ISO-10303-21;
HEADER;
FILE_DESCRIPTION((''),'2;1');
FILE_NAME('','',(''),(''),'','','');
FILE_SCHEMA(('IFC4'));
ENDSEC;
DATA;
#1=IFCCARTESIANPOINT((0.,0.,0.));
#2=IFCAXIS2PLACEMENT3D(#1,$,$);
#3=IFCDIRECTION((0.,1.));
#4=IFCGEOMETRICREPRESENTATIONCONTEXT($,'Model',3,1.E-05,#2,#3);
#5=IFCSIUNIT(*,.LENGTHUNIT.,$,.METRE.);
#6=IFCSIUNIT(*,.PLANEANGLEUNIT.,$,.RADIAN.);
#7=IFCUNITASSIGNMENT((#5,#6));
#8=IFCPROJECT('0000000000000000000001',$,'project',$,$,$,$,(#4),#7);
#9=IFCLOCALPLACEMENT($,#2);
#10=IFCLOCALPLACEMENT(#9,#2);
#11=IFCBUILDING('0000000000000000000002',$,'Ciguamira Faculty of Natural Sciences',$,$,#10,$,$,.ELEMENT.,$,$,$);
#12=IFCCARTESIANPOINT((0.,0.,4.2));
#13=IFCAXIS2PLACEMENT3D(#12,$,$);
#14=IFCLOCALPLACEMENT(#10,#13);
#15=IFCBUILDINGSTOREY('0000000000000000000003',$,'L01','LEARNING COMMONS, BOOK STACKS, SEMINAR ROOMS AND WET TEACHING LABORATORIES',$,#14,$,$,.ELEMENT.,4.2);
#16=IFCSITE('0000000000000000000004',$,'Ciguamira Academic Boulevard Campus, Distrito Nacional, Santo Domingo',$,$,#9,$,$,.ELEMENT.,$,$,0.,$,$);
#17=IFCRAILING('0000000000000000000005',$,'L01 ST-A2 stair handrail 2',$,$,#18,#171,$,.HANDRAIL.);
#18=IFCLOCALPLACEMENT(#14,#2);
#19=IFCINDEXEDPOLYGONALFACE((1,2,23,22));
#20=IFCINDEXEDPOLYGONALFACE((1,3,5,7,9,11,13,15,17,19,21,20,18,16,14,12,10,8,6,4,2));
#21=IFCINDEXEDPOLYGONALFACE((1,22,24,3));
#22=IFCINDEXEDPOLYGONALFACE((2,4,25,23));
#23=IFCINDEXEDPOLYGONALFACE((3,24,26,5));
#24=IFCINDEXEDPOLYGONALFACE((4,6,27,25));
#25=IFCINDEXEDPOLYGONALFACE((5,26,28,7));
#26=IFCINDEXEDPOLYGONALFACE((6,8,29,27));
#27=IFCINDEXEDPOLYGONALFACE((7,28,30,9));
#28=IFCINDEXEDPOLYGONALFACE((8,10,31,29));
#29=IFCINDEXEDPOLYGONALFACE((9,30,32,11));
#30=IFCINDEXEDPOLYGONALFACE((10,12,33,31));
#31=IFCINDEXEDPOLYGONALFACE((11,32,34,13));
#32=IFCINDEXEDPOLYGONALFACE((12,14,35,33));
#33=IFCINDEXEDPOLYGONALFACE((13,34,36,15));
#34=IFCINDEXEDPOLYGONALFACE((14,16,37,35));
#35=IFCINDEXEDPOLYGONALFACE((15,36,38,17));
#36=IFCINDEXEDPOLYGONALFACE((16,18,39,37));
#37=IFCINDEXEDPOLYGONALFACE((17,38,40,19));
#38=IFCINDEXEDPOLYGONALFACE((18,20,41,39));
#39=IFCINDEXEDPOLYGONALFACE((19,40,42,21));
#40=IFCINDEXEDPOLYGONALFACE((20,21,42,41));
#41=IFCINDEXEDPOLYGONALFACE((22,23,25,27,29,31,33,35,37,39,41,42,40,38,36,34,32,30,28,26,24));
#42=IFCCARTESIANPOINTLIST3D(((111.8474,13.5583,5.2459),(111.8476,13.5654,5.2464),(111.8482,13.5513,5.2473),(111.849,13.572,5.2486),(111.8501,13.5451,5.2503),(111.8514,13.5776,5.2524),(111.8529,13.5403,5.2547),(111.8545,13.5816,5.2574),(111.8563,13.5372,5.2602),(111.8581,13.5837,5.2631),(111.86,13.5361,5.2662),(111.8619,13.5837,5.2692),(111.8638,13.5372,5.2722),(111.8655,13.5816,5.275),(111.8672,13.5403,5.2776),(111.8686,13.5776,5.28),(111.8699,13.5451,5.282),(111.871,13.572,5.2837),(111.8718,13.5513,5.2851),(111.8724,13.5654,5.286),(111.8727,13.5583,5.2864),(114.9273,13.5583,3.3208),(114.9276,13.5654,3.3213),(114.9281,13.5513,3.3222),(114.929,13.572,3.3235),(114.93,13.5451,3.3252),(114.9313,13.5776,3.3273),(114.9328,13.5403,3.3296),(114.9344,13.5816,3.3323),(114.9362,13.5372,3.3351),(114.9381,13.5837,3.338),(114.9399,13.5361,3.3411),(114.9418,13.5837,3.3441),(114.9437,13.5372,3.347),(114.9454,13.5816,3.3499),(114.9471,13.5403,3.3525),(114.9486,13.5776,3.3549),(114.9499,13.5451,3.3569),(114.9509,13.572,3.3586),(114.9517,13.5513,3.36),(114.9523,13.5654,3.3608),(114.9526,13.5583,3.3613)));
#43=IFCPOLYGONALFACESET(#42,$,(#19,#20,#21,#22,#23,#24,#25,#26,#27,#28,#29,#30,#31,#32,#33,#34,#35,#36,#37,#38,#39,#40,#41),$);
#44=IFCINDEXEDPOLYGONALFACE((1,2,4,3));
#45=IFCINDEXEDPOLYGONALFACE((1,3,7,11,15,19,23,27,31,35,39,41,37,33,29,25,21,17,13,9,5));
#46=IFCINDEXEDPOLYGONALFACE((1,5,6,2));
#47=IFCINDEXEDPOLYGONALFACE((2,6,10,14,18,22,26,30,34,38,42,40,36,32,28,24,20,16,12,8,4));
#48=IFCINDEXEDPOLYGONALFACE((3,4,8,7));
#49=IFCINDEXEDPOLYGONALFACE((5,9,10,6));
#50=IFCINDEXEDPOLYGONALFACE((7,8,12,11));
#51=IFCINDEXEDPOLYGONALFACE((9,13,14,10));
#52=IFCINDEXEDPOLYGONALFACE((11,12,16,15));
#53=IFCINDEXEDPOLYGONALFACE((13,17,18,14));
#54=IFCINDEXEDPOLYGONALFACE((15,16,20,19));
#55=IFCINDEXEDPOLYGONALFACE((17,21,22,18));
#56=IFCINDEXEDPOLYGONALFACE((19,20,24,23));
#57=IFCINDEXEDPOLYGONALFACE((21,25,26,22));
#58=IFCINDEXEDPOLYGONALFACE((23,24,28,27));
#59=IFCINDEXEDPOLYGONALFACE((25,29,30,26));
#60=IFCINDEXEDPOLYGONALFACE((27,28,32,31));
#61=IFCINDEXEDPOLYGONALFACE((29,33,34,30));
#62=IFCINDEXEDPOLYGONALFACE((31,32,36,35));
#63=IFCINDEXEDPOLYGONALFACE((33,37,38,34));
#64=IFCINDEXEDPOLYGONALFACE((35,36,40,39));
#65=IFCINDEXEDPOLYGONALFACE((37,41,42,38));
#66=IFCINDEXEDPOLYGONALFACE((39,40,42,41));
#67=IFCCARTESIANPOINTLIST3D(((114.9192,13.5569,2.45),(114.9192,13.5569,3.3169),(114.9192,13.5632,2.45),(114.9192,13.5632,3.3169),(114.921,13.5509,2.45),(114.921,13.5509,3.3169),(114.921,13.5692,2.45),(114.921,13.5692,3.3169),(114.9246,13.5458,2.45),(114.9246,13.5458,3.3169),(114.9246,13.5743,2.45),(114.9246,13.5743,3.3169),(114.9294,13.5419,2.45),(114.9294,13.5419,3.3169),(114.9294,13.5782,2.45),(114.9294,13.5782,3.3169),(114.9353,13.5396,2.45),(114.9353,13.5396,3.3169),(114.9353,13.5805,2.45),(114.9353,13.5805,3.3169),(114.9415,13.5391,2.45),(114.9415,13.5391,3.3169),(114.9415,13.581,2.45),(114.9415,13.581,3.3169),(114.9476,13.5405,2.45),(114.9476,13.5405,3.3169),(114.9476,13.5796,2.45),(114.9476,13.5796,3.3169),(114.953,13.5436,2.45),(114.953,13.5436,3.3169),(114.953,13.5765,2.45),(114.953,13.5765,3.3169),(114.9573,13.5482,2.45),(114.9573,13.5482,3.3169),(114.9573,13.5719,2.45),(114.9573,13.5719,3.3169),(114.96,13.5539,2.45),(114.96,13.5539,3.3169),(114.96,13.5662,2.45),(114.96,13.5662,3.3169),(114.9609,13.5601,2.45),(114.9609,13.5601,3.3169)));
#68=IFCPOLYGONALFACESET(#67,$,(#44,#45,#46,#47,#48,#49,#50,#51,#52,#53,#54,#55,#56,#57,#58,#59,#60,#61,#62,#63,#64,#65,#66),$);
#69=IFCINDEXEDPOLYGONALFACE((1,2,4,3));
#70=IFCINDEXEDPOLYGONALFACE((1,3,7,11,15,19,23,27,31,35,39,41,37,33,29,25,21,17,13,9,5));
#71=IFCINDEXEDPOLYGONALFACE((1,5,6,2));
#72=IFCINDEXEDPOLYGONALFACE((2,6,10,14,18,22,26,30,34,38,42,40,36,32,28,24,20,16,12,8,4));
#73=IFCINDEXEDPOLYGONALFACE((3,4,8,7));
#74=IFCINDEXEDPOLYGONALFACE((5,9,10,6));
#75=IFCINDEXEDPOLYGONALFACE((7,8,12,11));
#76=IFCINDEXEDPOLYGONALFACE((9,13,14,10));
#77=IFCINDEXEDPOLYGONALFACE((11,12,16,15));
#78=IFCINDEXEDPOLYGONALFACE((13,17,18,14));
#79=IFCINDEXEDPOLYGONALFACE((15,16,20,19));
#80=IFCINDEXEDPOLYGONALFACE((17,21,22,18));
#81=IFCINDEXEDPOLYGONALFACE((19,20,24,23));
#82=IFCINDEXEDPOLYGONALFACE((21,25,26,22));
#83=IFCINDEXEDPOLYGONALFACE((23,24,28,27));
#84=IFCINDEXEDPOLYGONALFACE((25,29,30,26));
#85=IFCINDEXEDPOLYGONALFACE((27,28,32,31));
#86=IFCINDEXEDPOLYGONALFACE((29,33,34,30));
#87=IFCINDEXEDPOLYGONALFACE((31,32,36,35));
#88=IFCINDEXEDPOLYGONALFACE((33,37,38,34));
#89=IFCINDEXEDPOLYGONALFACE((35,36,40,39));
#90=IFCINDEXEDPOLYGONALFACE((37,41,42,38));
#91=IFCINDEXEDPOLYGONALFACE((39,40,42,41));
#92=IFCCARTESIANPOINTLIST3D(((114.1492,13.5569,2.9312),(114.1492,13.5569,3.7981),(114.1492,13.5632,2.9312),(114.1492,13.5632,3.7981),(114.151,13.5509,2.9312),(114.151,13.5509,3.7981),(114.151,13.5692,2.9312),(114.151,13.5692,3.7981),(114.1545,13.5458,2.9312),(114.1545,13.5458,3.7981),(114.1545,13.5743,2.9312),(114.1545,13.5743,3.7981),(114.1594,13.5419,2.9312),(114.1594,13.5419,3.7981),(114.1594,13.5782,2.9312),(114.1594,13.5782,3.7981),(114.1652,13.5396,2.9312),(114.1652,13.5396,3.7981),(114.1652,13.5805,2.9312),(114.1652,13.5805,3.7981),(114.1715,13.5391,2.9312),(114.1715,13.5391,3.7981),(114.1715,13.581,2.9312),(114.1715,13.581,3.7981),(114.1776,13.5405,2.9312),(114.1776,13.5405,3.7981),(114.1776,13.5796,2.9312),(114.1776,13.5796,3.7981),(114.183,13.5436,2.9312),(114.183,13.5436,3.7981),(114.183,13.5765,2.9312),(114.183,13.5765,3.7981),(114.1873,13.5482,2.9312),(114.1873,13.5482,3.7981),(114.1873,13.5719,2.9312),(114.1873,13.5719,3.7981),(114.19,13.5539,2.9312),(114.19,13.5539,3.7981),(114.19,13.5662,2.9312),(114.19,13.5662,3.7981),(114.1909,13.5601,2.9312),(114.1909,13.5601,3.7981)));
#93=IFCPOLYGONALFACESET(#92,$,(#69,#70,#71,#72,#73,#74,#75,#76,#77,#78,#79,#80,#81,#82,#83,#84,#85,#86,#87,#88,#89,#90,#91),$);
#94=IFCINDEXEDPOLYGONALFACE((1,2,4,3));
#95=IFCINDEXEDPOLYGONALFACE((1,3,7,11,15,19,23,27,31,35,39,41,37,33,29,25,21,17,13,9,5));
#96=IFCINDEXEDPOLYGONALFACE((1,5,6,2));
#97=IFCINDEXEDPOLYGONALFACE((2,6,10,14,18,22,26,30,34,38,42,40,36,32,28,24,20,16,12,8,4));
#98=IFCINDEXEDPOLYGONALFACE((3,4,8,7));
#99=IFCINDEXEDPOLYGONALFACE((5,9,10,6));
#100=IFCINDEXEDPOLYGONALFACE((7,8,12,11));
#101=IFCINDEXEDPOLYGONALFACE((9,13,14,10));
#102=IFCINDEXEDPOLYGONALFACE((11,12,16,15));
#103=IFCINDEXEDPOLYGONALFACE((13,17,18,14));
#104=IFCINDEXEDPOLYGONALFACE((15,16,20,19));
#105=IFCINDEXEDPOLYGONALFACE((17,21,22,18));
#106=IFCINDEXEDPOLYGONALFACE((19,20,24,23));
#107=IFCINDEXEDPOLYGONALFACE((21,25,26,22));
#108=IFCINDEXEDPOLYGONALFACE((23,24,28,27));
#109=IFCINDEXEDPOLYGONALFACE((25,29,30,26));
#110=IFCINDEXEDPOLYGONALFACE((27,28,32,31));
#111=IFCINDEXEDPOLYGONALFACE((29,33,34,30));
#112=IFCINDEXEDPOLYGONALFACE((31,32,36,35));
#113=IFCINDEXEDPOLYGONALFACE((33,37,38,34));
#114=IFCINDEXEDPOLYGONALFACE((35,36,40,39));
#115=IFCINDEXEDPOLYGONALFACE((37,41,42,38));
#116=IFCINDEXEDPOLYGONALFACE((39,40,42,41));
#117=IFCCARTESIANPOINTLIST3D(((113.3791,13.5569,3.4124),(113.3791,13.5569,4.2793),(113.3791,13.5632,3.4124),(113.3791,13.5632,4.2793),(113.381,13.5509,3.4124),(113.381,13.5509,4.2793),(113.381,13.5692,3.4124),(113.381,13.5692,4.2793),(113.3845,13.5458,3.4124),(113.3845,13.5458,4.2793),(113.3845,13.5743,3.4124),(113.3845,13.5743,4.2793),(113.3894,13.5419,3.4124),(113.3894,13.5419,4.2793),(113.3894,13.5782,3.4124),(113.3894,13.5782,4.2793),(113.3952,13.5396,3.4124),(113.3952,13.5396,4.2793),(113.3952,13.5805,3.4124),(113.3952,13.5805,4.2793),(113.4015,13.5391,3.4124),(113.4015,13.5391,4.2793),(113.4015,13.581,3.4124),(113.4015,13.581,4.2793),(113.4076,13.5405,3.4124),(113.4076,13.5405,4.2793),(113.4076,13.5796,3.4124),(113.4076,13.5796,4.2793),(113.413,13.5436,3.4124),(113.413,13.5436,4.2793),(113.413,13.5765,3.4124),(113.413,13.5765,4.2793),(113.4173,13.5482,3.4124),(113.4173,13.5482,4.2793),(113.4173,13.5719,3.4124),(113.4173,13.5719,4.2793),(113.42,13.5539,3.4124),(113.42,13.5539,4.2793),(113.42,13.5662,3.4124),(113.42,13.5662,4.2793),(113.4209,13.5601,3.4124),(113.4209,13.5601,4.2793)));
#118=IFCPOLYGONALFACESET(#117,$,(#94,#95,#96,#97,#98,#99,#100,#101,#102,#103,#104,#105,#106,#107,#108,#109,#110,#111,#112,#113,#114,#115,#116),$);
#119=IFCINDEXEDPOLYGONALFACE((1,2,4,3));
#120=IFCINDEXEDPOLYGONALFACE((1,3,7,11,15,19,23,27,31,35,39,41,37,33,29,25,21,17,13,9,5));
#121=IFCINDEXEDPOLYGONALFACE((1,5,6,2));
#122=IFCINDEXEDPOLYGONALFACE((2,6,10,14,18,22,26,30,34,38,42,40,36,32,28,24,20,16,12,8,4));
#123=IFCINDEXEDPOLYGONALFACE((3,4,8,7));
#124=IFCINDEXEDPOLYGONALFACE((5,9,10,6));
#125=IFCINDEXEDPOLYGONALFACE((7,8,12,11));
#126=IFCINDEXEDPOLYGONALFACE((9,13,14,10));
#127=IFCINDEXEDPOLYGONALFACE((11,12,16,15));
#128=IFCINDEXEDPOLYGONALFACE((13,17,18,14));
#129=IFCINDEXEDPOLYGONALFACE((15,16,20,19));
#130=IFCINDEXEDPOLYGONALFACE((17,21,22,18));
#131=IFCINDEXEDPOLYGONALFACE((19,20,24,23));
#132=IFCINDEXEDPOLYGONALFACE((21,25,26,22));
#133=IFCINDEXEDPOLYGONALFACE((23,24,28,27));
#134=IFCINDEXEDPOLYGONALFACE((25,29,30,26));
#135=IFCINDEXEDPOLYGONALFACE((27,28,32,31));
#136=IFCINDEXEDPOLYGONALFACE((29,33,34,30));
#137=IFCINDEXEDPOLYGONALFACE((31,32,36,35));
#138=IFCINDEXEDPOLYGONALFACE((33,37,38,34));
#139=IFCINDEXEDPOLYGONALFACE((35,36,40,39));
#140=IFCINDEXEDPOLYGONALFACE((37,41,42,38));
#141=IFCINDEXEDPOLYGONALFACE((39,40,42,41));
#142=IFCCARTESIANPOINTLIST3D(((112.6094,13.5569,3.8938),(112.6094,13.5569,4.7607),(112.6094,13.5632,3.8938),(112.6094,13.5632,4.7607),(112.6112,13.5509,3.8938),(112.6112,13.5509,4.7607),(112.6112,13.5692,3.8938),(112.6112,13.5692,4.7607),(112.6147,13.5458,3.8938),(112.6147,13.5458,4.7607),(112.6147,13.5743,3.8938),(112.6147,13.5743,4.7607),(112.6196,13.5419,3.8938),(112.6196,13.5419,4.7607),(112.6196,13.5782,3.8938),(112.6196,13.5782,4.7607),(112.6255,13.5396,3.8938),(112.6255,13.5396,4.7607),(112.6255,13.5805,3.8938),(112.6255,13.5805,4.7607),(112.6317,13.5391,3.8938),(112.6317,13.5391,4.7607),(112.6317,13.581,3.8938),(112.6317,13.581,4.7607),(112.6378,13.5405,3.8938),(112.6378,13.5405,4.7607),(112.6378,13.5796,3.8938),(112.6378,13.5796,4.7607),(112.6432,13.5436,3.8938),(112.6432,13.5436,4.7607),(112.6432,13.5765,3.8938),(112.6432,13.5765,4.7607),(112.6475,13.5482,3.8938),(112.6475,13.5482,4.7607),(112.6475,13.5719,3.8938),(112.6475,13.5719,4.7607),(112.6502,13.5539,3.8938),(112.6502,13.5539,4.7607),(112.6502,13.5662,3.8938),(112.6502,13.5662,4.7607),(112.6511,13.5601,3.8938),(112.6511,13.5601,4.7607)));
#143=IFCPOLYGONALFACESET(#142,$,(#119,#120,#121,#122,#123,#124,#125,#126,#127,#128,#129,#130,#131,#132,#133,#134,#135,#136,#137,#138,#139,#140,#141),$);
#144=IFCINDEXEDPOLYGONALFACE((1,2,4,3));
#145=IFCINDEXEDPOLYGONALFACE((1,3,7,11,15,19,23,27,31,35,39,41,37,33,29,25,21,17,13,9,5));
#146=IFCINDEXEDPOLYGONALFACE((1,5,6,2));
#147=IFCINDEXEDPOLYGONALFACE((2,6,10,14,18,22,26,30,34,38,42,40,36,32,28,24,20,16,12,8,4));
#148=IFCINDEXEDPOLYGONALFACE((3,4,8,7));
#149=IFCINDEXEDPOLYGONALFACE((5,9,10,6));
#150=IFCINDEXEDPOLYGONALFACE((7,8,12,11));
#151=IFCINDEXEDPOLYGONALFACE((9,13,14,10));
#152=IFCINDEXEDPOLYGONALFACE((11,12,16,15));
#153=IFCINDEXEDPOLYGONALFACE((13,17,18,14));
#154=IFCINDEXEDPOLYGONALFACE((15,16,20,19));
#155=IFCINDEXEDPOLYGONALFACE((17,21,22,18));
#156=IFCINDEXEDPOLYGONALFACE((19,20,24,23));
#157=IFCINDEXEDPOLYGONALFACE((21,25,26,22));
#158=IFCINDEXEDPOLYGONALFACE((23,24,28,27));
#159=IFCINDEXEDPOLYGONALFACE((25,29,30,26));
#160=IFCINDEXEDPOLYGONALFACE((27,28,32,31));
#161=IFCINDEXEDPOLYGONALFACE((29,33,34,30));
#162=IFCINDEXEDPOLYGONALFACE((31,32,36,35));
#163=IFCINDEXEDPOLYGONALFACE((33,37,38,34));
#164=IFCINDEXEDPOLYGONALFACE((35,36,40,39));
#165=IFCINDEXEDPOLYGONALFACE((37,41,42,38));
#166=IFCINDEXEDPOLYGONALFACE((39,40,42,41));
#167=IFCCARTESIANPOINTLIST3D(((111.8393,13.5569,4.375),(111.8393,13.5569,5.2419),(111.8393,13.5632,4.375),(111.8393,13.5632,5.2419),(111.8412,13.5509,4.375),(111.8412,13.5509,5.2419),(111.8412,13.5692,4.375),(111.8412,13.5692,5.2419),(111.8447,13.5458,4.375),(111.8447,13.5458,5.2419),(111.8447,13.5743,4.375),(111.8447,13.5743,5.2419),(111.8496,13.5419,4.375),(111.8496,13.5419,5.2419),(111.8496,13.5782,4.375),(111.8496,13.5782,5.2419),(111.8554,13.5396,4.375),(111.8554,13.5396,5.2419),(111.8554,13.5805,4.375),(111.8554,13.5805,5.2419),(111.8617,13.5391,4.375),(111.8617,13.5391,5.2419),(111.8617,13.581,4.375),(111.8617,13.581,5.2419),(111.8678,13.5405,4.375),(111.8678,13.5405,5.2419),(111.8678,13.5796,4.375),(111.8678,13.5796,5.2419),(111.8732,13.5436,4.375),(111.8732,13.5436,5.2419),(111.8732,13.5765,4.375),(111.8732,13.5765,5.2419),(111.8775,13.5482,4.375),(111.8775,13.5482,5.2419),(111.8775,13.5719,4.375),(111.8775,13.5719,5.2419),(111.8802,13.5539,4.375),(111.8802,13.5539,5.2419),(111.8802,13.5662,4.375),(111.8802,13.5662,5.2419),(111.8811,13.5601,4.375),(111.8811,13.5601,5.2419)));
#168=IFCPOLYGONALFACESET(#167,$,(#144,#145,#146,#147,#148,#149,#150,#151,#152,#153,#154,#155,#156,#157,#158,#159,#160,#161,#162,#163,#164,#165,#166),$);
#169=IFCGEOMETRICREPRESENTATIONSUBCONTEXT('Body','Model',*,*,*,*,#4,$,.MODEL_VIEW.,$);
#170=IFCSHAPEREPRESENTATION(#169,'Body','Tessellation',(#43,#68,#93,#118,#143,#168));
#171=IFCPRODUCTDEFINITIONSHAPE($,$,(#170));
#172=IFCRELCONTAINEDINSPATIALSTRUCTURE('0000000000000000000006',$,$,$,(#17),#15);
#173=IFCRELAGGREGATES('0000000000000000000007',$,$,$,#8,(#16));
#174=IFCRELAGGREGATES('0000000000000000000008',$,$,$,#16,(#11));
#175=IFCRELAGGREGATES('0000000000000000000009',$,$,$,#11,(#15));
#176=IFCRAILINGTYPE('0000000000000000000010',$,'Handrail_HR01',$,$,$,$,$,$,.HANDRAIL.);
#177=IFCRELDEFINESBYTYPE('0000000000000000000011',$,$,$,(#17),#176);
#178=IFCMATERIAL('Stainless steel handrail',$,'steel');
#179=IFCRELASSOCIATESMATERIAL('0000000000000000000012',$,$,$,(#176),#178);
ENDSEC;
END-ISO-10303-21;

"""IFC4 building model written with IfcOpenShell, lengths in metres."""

from ifc_helpers import new_model, si_unit, direction, frame, origin, origin_2d, place, context, subcontext, project, spatial, circle, extrude, material, type_object, element, save


model = new_model("IFC4")

# Units and contexts
model_context = context("Model", 3, precision=1e-05, world=origin(), true_north=direction((0.0, 1.0)))
body_context = subcontext(model_context, "Body", "Model", "MODEL_VIEW")
ifc_project = project(units=[si_unit("LENGTHUNIT", "METRE"), si_unit("PLANEANGLEUNIT", "RADIAN")], contexts=[model_context])

# Site, building, storey
site_placement = place(None, origin())
site = spatial("IfcSite", under=ifc_project, at=site_placement, Name="Ciguamira Academic Boulevard Campus, Distrito Nacional, Santo Domingo", CompositionType="ELEMENT", RefElevation=0.0)
building_placement = place(site_placement, origin())
building = spatial("IfcBuilding", under=site, at=building_placement, Name="Ciguamira Faculty of Natural Sciences", CompositionType="ELEMENT")
storey_placement = place(building_placement, frame((0.0, 0.0, 4.2)))
storey = spatial("IfcBuildingStorey", under=building, at=storey_placement, Name="L01", Description="LEARNING COMMONS, BOOK STACKS, SEMINAR ROOMS AND WET TEACHING LABORATORIES", CompositionType="ELEMENT", Elevation=4.2)

# Railing
ifc_material_1 = material(Name="Stainless steel handrail", Category="steel")
railing_type_1 = type_object("IfcRailingType", Name="Handrail_HR01", PredefinedType="HANDRAIL", material=ifc_material_1)
railing_1_placement = place(storey_placement, frame((114.9399, 13.5601, 2.45)))
element("IfcRailing", 1, at=railing_1_placement, inside=storey, type_object=railing_type_1, Name="L01 ST-A2 stair handrail 2", PredefinedType="HANDRAIL", context=body_context, shape_type="SweptSolid", body=[
    extrude(circle(Radius=0.0239, at=origin_2d()), frame((0.0, 0.0, 0.8911), z_axis=(-0.847979, 0.0, 0.530029), x_axis=(0.0, -1.0, 0.0)), (0.0, 0.0, 1.0), 3.6321),
    extrude(circle(Radius=0.021, at=origin_2d()), origin(), (0.0, 0.0, 1.0), 0.8669),
    extrude(circle(Radius=0.021, at=origin_2d()), frame((-0.77, 0.0, 0.4812)), (0.0, 0.0, 1.0), 0.8669),
    extrude(circle(Radius=0.021, at=origin_2d()), frame((-1.54, 0.0, 0.9624)), (0.0, 0.0, 1.0), 0.8669),
    extrude(circle(Radius=0.021, at=origin_2d()), frame((-2.3098, 0.0, 1.4438)), (0.0, 0.0, 1.0), 0.8669),
    extrude(circle(Radius=0.021, at=origin_2d()), frame((-3.0798, 0.0, 1.925)), (0.0, 0.0, 1.0), 0.8669),
])

save(model, "model.ifc")
